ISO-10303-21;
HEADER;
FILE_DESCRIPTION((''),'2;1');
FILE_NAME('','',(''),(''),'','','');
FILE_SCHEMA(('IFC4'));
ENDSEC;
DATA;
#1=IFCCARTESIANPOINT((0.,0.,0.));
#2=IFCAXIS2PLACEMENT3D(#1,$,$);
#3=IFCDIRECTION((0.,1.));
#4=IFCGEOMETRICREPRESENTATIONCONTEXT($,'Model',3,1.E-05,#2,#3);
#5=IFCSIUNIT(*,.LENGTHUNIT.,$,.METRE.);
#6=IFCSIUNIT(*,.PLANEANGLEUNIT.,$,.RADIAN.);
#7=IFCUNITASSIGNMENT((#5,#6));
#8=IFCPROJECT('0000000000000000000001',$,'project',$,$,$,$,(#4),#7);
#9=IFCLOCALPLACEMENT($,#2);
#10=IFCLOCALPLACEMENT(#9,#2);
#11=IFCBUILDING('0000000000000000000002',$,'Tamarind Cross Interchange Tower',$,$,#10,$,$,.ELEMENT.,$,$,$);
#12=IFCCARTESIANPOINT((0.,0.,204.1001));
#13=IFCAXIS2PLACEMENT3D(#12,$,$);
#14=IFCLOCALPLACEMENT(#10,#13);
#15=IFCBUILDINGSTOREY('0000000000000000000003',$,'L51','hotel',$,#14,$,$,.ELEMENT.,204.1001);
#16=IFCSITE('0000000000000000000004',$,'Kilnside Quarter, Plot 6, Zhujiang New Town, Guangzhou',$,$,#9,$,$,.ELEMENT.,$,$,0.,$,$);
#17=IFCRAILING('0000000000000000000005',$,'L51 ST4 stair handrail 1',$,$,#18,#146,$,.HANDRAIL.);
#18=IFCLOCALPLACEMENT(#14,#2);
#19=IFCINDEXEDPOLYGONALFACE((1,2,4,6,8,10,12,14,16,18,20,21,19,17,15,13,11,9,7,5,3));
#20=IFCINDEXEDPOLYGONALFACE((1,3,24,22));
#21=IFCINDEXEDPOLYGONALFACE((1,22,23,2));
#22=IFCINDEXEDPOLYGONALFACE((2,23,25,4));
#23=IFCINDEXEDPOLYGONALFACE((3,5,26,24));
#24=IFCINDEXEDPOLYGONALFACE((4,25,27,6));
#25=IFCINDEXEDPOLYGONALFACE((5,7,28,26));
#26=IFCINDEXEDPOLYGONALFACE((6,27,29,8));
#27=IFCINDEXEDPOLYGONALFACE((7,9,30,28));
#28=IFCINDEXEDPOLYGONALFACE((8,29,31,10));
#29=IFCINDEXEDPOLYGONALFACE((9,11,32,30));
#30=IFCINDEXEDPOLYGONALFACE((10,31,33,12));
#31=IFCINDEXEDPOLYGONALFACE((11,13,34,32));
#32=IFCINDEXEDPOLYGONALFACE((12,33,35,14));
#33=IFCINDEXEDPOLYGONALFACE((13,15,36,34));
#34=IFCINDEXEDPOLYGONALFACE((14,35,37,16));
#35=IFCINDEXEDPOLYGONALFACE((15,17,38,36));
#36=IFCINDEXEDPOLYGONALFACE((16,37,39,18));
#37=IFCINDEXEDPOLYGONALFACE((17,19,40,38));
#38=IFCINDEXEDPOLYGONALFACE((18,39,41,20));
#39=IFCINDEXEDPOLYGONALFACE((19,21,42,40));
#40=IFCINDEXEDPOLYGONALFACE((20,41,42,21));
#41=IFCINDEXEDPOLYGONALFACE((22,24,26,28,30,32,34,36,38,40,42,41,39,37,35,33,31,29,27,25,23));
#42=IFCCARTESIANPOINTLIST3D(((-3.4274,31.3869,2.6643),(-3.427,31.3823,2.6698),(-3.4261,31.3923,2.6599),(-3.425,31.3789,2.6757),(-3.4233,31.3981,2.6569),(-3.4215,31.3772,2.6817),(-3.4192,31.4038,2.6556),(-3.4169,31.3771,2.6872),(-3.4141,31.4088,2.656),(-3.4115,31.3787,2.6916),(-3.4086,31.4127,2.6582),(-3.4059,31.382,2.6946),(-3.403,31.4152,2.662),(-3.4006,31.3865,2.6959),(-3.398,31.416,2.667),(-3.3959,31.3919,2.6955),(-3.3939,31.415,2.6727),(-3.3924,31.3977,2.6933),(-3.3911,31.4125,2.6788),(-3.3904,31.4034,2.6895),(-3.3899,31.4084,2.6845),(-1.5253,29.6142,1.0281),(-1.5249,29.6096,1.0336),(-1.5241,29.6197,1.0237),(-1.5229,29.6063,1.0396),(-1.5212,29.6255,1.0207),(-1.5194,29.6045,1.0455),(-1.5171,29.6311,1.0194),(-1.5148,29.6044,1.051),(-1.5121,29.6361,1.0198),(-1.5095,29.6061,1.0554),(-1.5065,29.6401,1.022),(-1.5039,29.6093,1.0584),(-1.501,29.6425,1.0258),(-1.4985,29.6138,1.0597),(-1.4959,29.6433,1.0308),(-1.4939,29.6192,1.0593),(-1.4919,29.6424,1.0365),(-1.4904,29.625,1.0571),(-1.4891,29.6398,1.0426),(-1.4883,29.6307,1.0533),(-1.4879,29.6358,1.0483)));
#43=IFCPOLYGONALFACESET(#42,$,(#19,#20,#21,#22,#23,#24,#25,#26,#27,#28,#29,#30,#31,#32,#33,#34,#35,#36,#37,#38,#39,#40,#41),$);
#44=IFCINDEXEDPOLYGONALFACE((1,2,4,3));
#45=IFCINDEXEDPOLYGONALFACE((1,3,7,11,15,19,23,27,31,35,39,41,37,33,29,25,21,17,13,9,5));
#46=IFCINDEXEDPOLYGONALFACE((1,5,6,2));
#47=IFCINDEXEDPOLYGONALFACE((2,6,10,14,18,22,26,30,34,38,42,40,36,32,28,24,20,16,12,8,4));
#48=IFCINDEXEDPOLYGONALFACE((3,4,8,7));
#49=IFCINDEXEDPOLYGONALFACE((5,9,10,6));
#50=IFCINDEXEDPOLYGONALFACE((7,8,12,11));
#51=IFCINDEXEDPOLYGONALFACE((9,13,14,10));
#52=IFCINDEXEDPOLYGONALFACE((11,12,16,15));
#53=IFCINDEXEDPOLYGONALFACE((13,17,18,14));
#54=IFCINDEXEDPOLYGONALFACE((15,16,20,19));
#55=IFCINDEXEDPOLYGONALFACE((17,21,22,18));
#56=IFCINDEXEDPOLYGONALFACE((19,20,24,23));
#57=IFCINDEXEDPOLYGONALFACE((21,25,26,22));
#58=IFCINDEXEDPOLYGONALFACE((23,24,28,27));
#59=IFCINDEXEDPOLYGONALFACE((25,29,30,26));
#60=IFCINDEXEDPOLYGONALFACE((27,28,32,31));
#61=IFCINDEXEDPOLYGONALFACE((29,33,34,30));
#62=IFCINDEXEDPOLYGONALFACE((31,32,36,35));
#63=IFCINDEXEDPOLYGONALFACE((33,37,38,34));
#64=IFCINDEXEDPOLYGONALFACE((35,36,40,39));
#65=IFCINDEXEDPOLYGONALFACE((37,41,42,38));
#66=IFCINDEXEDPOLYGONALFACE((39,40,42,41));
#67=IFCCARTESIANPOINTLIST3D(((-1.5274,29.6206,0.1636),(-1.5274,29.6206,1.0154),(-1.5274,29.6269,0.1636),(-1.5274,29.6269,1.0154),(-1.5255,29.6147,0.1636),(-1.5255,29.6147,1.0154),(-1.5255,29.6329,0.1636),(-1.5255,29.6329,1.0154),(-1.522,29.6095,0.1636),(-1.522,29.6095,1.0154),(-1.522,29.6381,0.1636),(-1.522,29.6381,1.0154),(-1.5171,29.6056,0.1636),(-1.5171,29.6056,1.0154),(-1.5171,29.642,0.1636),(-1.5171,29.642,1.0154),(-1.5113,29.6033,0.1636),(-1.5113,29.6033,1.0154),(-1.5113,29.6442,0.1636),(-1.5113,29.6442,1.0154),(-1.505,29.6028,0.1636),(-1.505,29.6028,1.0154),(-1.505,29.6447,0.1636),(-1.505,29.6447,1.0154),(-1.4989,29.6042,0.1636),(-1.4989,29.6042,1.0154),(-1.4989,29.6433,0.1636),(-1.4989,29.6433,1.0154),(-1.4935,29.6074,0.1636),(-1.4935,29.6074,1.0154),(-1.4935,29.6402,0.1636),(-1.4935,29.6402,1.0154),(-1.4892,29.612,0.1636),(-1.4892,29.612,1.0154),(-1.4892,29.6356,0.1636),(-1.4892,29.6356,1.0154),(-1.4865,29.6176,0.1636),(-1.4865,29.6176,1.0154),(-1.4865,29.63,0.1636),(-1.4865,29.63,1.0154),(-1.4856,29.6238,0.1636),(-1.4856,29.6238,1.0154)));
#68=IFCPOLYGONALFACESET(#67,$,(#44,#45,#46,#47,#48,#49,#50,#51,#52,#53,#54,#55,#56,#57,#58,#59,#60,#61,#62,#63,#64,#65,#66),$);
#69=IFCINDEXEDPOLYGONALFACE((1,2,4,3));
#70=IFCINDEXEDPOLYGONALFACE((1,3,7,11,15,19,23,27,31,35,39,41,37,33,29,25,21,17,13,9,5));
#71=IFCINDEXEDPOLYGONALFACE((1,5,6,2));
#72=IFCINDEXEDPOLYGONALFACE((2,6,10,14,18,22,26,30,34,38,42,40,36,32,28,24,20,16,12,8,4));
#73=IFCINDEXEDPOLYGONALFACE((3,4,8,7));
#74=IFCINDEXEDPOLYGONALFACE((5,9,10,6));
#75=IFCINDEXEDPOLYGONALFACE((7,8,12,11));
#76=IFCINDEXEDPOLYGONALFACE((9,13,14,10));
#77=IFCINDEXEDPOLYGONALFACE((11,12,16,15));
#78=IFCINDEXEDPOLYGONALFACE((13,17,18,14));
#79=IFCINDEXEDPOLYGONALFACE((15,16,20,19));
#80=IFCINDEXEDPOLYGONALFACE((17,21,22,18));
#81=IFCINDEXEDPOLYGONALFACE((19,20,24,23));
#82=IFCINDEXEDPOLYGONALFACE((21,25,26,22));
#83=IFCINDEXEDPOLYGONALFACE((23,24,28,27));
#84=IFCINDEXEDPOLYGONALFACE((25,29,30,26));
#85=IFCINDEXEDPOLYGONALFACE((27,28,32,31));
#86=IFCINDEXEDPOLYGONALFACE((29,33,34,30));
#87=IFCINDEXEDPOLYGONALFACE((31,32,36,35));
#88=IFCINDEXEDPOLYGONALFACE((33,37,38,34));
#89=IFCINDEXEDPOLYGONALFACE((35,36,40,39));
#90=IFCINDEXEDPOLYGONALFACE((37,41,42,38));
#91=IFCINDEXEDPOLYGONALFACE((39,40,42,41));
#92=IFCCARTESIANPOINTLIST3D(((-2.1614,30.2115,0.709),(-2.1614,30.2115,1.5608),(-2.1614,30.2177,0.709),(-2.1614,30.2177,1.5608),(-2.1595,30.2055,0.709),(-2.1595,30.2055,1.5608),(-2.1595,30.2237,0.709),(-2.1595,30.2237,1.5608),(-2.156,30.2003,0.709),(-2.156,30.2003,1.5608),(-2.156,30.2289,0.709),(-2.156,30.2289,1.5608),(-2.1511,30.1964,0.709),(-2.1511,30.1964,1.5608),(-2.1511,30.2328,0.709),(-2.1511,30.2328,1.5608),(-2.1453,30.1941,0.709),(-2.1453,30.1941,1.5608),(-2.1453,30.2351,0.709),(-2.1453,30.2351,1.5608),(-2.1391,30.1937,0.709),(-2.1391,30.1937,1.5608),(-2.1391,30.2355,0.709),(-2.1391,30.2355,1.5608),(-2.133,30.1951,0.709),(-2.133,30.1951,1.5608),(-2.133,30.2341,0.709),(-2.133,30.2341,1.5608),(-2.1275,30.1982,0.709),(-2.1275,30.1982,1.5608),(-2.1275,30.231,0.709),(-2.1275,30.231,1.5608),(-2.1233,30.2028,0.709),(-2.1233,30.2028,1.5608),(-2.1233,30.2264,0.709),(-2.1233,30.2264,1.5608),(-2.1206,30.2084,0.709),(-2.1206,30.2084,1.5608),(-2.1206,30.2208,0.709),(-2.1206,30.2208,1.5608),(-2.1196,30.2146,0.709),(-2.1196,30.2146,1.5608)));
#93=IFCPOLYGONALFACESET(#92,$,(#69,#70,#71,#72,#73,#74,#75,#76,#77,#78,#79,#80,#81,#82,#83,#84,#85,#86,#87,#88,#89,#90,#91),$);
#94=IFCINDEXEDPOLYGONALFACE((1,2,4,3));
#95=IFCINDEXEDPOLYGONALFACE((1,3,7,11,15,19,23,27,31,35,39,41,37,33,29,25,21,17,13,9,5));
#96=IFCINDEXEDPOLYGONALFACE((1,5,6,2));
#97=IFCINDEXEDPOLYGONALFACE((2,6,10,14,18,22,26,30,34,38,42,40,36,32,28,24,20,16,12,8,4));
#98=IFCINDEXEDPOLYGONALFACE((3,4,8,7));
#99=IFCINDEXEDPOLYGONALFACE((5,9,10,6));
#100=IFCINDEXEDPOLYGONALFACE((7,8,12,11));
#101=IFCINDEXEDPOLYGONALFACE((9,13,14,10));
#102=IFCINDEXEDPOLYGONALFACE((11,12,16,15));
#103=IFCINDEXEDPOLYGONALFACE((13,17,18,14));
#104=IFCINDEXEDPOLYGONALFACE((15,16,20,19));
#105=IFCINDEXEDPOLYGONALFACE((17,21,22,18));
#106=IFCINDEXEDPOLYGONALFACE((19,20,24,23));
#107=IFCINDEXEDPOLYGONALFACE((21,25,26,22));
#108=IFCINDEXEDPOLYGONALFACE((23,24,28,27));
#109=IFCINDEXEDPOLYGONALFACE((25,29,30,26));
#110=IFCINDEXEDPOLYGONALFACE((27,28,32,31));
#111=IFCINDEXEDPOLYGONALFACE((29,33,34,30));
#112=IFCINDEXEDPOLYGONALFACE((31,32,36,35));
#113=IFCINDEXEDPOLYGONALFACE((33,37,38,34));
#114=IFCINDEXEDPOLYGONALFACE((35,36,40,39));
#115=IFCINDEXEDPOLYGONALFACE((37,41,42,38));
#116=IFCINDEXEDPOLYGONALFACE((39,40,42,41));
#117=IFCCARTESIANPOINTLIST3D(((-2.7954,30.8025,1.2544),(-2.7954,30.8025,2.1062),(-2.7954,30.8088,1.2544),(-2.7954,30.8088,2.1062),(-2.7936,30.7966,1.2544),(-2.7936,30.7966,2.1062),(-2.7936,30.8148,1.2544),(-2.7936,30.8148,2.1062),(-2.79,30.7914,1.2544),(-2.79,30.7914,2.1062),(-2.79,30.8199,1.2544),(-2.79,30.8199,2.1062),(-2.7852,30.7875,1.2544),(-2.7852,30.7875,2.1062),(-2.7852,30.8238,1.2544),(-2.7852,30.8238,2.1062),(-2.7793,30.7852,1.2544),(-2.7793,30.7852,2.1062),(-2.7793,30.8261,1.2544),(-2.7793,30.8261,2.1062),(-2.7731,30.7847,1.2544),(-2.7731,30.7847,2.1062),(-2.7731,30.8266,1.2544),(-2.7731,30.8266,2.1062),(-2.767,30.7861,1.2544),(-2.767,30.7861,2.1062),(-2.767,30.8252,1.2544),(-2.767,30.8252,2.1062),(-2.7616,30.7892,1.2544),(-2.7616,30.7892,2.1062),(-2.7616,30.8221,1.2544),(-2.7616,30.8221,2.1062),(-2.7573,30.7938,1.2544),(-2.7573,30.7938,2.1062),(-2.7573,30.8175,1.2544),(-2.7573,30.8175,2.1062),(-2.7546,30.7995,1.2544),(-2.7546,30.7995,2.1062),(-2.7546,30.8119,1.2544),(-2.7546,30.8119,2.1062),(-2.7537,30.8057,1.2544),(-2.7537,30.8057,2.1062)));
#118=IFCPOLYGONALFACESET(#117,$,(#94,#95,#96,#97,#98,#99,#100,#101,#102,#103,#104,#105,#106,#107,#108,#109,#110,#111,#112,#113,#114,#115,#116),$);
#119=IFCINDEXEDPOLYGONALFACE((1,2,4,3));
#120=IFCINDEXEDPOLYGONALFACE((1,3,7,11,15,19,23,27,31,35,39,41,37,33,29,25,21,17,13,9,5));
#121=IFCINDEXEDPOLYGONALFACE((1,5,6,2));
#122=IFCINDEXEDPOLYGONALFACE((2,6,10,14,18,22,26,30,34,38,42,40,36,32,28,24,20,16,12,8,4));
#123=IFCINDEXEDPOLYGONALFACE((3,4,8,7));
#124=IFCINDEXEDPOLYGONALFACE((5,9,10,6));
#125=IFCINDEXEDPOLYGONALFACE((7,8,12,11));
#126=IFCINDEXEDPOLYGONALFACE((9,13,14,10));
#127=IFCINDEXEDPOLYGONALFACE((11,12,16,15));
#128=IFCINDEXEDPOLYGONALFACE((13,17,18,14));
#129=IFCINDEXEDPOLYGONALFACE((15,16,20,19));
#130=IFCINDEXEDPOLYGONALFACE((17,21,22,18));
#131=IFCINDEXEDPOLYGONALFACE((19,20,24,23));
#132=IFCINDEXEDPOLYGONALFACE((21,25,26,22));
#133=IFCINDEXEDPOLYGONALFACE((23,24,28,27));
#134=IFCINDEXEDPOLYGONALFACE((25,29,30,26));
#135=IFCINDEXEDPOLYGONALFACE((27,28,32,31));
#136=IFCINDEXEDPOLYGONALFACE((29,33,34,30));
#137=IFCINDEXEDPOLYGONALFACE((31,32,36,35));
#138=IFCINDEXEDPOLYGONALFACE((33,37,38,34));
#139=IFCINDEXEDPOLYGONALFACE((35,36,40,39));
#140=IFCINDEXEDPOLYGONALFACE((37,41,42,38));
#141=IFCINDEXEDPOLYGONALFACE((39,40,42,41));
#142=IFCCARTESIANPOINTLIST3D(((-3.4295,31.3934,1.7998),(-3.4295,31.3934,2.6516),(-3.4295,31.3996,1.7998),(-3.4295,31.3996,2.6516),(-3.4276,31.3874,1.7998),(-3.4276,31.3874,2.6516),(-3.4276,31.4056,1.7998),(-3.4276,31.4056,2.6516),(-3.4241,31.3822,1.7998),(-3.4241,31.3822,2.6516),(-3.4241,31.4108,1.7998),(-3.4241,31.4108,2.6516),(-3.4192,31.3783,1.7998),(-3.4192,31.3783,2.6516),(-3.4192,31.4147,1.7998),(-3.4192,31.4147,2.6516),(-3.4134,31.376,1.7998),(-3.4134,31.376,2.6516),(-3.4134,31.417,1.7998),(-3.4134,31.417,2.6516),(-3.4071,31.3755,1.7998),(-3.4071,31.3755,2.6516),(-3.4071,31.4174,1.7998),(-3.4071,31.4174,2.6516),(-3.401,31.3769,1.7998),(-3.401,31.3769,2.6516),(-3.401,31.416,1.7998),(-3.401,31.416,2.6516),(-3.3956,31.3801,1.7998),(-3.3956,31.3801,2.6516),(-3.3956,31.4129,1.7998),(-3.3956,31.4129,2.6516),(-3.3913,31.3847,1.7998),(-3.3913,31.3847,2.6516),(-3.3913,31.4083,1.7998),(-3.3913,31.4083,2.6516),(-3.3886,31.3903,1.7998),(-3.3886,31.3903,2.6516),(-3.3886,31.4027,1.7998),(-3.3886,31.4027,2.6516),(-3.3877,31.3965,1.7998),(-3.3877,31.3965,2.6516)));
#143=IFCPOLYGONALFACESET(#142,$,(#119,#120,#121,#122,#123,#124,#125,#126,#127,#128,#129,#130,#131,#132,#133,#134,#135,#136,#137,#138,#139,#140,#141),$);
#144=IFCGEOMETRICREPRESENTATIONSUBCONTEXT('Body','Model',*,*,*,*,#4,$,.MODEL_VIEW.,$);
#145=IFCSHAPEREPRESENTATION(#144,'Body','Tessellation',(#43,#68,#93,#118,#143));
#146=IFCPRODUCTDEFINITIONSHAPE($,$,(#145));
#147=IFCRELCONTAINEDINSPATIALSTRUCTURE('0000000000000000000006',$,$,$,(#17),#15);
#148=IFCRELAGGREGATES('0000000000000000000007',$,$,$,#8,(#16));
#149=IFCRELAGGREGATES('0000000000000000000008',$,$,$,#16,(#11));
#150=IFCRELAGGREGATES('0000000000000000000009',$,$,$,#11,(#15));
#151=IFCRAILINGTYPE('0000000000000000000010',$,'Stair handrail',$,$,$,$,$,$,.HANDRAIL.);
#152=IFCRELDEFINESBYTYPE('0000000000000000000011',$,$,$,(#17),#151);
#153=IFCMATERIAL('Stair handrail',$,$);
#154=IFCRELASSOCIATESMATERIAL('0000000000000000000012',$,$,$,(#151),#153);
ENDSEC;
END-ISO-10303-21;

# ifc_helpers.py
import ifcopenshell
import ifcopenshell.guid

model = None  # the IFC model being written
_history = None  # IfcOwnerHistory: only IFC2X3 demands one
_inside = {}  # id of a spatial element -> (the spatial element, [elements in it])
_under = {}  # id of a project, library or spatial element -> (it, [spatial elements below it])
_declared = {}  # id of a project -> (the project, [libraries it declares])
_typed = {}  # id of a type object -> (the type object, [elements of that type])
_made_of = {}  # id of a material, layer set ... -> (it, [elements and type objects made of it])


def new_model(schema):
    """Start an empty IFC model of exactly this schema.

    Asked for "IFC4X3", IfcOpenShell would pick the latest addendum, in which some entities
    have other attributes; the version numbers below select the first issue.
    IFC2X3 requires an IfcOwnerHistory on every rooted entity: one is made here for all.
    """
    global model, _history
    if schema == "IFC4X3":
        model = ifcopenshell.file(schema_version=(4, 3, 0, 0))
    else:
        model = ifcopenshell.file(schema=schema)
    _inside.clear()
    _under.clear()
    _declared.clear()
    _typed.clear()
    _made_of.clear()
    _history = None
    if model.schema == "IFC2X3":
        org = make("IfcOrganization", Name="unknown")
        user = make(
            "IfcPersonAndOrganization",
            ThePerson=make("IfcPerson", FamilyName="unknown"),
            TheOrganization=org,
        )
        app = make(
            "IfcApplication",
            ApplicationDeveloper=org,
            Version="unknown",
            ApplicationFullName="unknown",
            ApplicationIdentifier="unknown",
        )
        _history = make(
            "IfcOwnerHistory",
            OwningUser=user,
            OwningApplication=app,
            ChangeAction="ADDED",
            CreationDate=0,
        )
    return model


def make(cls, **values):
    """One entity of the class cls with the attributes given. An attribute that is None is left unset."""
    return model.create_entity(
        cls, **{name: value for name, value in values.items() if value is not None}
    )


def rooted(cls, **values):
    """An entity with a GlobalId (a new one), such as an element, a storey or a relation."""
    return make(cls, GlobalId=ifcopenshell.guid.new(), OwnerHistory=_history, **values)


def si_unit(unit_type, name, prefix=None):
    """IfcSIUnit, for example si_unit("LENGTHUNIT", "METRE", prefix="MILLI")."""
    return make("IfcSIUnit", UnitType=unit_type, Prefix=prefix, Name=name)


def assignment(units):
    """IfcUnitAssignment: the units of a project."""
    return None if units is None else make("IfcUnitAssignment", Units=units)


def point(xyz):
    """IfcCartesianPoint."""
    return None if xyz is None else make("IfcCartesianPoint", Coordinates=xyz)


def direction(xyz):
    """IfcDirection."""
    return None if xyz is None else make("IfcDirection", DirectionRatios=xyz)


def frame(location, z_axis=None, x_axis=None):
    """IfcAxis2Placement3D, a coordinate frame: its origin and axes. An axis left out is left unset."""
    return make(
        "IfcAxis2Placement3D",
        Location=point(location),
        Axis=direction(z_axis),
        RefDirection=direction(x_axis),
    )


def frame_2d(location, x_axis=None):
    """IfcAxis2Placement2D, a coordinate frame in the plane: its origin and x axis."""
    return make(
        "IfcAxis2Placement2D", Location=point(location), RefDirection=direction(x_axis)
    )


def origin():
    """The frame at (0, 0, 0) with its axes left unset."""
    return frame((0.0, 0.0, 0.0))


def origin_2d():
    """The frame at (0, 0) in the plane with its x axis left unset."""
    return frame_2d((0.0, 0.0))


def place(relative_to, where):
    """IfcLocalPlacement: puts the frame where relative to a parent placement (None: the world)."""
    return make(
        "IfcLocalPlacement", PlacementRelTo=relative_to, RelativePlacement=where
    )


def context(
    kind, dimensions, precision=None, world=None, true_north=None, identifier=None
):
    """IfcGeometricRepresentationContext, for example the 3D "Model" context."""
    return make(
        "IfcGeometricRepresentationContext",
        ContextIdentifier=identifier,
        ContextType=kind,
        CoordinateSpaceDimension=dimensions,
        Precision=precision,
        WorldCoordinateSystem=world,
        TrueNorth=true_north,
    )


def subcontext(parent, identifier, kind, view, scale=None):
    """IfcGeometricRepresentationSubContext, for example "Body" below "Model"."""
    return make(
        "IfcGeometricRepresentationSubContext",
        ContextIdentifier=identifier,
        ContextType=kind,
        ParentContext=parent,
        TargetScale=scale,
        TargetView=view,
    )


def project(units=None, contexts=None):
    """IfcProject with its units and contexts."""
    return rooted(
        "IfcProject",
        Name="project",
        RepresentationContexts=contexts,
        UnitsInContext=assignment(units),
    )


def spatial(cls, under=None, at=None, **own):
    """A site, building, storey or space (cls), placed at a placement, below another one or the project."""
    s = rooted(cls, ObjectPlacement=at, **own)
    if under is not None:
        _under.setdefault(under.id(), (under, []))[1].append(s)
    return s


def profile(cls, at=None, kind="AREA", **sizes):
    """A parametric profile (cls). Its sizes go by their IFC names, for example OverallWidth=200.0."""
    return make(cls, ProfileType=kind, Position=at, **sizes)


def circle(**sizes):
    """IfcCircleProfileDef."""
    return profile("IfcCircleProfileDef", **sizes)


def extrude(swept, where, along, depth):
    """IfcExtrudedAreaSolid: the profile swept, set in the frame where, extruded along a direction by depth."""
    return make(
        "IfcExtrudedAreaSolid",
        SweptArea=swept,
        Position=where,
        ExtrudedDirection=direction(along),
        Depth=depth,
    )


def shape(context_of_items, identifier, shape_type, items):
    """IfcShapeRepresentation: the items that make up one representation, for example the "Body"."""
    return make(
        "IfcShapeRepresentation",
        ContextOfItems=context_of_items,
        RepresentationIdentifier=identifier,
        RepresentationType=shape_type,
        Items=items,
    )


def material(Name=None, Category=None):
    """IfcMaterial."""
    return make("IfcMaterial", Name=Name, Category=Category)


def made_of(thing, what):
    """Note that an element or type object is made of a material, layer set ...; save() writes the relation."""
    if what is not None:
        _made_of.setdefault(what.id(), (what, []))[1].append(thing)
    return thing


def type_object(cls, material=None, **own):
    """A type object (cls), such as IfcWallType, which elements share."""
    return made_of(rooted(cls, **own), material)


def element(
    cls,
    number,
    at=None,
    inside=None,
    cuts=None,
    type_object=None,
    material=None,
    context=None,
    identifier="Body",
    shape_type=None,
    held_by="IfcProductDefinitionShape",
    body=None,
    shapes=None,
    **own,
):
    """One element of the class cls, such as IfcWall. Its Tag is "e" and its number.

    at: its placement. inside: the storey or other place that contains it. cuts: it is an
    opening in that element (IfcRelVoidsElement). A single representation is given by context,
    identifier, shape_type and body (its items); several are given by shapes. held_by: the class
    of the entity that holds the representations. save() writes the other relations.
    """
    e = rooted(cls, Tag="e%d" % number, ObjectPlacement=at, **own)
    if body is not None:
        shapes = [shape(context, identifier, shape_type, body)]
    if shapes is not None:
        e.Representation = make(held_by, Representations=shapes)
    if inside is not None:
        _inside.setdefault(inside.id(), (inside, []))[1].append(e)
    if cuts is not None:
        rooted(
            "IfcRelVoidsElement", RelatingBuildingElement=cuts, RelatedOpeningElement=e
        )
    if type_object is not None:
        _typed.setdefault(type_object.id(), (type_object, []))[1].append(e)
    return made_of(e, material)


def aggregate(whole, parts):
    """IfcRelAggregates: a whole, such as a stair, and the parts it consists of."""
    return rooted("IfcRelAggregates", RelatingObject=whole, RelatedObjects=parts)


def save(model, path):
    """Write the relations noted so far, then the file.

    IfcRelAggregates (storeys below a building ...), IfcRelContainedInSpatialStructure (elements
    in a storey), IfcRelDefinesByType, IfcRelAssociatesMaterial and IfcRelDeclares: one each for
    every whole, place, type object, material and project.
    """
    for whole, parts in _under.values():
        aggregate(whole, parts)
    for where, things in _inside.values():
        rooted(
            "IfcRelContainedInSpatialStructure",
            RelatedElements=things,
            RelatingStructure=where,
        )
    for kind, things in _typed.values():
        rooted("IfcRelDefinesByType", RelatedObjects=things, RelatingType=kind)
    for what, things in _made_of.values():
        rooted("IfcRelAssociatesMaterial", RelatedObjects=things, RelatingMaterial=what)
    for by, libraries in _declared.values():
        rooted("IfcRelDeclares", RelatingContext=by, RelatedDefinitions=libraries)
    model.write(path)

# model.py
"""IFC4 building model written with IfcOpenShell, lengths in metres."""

from ifc_helpers import new_model, si_unit, direction, frame, origin, origin_2d, place, context, subcontext, project, spatial, circle, extrude, material, type_object, element, save


model = new_model("IFC4")

# Units and contexts
model_context = context("Model", 3, precision=1e-05, world=origin(), true_north=direction((0.0, 1.0)))
body_context = subcontext(model_context, "Body", "Model", "MODEL_VIEW")
ifc_project = project(units=[si_unit("LENGTHUNIT", "METRE"), si_unit("PLANEANGLEUNIT", "RADIAN")], contexts=[model_context])

# Site, building, storey
site_placement = place(None, origin())
site = spatial("IfcSite", under=ifc_project, at=site_placement, Name="Kilnside Quarter, Plot 6, Zhujiang New Town, Guangzhou", CompositionType="ELEMENT", RefElevation=0.0)
building_placement = place(site_placement, origin())
building = spatial("IfcBuilding", under=site, at=building_placement, Name="Tamarind Cross Interchange Tower", CompositionType="ELEMENT")
storey_placement = place(building_placement, frame((0.0, 0.0, 204.1001)))
storey = spatial("IfcBuildingStorey", under=building, at=storey_placement, Name="L51", Description="hotel", CompositionType="ELEMENT", Elevation=204.1001)

# Railing
ifc_material_1 = material(Name="Stair handrail")
railing_type_1 = type_object("IfcRailingType", Name="Stair handrail", PredefinedType="HANDRAIL", material=ifc_material_1)
railing_1_placement = place(storey_placement, frame((-1.5066, 29.6238, 0.1636)))
element("IfcRailing", 1, at=railing_1_placement, inside=storey, type_object=railing_type_1, Name="L51 ST4 stair handrail 1", PredefinedType="HANDRAIL", context=body_context, shape_type="SweptSolid", body=[
    extrude(circle(Radius=0.0239, at=origin_2d()), frame((0.0, 0.0, 0.876), z_axis=(-0.619156, 0.577036, 0.532612), x_axis=(-0.681786, -0.731552, 0.0)), (0.0, 0.0, 1.0), 3.072),
    extrude(circle(Radius=0.021, at=origin_2d()), origin(), (0.0, 0.0, 1.0), 0.8518),
    extrude(circle(Radius=0.021, at=origin_2d()), frame((-0.634, 0.5908, 0.5454)), (0.0, 0.0, 1.0), 0.8518),
    extrude(circle(Radius=0.021, at=origin_2d()), frame((-1.2681, 1.1819, 1.0908)), (0.0, 0.0, 1.0), 0.8518),
    extrude(circle(Radius=0.021, at=origin_2d()), frame((-1.9021, 1.7727, 1.6362)), (0.0, 0.0, 1.0), 0.8518),
])

save(model, "model.ifc")
